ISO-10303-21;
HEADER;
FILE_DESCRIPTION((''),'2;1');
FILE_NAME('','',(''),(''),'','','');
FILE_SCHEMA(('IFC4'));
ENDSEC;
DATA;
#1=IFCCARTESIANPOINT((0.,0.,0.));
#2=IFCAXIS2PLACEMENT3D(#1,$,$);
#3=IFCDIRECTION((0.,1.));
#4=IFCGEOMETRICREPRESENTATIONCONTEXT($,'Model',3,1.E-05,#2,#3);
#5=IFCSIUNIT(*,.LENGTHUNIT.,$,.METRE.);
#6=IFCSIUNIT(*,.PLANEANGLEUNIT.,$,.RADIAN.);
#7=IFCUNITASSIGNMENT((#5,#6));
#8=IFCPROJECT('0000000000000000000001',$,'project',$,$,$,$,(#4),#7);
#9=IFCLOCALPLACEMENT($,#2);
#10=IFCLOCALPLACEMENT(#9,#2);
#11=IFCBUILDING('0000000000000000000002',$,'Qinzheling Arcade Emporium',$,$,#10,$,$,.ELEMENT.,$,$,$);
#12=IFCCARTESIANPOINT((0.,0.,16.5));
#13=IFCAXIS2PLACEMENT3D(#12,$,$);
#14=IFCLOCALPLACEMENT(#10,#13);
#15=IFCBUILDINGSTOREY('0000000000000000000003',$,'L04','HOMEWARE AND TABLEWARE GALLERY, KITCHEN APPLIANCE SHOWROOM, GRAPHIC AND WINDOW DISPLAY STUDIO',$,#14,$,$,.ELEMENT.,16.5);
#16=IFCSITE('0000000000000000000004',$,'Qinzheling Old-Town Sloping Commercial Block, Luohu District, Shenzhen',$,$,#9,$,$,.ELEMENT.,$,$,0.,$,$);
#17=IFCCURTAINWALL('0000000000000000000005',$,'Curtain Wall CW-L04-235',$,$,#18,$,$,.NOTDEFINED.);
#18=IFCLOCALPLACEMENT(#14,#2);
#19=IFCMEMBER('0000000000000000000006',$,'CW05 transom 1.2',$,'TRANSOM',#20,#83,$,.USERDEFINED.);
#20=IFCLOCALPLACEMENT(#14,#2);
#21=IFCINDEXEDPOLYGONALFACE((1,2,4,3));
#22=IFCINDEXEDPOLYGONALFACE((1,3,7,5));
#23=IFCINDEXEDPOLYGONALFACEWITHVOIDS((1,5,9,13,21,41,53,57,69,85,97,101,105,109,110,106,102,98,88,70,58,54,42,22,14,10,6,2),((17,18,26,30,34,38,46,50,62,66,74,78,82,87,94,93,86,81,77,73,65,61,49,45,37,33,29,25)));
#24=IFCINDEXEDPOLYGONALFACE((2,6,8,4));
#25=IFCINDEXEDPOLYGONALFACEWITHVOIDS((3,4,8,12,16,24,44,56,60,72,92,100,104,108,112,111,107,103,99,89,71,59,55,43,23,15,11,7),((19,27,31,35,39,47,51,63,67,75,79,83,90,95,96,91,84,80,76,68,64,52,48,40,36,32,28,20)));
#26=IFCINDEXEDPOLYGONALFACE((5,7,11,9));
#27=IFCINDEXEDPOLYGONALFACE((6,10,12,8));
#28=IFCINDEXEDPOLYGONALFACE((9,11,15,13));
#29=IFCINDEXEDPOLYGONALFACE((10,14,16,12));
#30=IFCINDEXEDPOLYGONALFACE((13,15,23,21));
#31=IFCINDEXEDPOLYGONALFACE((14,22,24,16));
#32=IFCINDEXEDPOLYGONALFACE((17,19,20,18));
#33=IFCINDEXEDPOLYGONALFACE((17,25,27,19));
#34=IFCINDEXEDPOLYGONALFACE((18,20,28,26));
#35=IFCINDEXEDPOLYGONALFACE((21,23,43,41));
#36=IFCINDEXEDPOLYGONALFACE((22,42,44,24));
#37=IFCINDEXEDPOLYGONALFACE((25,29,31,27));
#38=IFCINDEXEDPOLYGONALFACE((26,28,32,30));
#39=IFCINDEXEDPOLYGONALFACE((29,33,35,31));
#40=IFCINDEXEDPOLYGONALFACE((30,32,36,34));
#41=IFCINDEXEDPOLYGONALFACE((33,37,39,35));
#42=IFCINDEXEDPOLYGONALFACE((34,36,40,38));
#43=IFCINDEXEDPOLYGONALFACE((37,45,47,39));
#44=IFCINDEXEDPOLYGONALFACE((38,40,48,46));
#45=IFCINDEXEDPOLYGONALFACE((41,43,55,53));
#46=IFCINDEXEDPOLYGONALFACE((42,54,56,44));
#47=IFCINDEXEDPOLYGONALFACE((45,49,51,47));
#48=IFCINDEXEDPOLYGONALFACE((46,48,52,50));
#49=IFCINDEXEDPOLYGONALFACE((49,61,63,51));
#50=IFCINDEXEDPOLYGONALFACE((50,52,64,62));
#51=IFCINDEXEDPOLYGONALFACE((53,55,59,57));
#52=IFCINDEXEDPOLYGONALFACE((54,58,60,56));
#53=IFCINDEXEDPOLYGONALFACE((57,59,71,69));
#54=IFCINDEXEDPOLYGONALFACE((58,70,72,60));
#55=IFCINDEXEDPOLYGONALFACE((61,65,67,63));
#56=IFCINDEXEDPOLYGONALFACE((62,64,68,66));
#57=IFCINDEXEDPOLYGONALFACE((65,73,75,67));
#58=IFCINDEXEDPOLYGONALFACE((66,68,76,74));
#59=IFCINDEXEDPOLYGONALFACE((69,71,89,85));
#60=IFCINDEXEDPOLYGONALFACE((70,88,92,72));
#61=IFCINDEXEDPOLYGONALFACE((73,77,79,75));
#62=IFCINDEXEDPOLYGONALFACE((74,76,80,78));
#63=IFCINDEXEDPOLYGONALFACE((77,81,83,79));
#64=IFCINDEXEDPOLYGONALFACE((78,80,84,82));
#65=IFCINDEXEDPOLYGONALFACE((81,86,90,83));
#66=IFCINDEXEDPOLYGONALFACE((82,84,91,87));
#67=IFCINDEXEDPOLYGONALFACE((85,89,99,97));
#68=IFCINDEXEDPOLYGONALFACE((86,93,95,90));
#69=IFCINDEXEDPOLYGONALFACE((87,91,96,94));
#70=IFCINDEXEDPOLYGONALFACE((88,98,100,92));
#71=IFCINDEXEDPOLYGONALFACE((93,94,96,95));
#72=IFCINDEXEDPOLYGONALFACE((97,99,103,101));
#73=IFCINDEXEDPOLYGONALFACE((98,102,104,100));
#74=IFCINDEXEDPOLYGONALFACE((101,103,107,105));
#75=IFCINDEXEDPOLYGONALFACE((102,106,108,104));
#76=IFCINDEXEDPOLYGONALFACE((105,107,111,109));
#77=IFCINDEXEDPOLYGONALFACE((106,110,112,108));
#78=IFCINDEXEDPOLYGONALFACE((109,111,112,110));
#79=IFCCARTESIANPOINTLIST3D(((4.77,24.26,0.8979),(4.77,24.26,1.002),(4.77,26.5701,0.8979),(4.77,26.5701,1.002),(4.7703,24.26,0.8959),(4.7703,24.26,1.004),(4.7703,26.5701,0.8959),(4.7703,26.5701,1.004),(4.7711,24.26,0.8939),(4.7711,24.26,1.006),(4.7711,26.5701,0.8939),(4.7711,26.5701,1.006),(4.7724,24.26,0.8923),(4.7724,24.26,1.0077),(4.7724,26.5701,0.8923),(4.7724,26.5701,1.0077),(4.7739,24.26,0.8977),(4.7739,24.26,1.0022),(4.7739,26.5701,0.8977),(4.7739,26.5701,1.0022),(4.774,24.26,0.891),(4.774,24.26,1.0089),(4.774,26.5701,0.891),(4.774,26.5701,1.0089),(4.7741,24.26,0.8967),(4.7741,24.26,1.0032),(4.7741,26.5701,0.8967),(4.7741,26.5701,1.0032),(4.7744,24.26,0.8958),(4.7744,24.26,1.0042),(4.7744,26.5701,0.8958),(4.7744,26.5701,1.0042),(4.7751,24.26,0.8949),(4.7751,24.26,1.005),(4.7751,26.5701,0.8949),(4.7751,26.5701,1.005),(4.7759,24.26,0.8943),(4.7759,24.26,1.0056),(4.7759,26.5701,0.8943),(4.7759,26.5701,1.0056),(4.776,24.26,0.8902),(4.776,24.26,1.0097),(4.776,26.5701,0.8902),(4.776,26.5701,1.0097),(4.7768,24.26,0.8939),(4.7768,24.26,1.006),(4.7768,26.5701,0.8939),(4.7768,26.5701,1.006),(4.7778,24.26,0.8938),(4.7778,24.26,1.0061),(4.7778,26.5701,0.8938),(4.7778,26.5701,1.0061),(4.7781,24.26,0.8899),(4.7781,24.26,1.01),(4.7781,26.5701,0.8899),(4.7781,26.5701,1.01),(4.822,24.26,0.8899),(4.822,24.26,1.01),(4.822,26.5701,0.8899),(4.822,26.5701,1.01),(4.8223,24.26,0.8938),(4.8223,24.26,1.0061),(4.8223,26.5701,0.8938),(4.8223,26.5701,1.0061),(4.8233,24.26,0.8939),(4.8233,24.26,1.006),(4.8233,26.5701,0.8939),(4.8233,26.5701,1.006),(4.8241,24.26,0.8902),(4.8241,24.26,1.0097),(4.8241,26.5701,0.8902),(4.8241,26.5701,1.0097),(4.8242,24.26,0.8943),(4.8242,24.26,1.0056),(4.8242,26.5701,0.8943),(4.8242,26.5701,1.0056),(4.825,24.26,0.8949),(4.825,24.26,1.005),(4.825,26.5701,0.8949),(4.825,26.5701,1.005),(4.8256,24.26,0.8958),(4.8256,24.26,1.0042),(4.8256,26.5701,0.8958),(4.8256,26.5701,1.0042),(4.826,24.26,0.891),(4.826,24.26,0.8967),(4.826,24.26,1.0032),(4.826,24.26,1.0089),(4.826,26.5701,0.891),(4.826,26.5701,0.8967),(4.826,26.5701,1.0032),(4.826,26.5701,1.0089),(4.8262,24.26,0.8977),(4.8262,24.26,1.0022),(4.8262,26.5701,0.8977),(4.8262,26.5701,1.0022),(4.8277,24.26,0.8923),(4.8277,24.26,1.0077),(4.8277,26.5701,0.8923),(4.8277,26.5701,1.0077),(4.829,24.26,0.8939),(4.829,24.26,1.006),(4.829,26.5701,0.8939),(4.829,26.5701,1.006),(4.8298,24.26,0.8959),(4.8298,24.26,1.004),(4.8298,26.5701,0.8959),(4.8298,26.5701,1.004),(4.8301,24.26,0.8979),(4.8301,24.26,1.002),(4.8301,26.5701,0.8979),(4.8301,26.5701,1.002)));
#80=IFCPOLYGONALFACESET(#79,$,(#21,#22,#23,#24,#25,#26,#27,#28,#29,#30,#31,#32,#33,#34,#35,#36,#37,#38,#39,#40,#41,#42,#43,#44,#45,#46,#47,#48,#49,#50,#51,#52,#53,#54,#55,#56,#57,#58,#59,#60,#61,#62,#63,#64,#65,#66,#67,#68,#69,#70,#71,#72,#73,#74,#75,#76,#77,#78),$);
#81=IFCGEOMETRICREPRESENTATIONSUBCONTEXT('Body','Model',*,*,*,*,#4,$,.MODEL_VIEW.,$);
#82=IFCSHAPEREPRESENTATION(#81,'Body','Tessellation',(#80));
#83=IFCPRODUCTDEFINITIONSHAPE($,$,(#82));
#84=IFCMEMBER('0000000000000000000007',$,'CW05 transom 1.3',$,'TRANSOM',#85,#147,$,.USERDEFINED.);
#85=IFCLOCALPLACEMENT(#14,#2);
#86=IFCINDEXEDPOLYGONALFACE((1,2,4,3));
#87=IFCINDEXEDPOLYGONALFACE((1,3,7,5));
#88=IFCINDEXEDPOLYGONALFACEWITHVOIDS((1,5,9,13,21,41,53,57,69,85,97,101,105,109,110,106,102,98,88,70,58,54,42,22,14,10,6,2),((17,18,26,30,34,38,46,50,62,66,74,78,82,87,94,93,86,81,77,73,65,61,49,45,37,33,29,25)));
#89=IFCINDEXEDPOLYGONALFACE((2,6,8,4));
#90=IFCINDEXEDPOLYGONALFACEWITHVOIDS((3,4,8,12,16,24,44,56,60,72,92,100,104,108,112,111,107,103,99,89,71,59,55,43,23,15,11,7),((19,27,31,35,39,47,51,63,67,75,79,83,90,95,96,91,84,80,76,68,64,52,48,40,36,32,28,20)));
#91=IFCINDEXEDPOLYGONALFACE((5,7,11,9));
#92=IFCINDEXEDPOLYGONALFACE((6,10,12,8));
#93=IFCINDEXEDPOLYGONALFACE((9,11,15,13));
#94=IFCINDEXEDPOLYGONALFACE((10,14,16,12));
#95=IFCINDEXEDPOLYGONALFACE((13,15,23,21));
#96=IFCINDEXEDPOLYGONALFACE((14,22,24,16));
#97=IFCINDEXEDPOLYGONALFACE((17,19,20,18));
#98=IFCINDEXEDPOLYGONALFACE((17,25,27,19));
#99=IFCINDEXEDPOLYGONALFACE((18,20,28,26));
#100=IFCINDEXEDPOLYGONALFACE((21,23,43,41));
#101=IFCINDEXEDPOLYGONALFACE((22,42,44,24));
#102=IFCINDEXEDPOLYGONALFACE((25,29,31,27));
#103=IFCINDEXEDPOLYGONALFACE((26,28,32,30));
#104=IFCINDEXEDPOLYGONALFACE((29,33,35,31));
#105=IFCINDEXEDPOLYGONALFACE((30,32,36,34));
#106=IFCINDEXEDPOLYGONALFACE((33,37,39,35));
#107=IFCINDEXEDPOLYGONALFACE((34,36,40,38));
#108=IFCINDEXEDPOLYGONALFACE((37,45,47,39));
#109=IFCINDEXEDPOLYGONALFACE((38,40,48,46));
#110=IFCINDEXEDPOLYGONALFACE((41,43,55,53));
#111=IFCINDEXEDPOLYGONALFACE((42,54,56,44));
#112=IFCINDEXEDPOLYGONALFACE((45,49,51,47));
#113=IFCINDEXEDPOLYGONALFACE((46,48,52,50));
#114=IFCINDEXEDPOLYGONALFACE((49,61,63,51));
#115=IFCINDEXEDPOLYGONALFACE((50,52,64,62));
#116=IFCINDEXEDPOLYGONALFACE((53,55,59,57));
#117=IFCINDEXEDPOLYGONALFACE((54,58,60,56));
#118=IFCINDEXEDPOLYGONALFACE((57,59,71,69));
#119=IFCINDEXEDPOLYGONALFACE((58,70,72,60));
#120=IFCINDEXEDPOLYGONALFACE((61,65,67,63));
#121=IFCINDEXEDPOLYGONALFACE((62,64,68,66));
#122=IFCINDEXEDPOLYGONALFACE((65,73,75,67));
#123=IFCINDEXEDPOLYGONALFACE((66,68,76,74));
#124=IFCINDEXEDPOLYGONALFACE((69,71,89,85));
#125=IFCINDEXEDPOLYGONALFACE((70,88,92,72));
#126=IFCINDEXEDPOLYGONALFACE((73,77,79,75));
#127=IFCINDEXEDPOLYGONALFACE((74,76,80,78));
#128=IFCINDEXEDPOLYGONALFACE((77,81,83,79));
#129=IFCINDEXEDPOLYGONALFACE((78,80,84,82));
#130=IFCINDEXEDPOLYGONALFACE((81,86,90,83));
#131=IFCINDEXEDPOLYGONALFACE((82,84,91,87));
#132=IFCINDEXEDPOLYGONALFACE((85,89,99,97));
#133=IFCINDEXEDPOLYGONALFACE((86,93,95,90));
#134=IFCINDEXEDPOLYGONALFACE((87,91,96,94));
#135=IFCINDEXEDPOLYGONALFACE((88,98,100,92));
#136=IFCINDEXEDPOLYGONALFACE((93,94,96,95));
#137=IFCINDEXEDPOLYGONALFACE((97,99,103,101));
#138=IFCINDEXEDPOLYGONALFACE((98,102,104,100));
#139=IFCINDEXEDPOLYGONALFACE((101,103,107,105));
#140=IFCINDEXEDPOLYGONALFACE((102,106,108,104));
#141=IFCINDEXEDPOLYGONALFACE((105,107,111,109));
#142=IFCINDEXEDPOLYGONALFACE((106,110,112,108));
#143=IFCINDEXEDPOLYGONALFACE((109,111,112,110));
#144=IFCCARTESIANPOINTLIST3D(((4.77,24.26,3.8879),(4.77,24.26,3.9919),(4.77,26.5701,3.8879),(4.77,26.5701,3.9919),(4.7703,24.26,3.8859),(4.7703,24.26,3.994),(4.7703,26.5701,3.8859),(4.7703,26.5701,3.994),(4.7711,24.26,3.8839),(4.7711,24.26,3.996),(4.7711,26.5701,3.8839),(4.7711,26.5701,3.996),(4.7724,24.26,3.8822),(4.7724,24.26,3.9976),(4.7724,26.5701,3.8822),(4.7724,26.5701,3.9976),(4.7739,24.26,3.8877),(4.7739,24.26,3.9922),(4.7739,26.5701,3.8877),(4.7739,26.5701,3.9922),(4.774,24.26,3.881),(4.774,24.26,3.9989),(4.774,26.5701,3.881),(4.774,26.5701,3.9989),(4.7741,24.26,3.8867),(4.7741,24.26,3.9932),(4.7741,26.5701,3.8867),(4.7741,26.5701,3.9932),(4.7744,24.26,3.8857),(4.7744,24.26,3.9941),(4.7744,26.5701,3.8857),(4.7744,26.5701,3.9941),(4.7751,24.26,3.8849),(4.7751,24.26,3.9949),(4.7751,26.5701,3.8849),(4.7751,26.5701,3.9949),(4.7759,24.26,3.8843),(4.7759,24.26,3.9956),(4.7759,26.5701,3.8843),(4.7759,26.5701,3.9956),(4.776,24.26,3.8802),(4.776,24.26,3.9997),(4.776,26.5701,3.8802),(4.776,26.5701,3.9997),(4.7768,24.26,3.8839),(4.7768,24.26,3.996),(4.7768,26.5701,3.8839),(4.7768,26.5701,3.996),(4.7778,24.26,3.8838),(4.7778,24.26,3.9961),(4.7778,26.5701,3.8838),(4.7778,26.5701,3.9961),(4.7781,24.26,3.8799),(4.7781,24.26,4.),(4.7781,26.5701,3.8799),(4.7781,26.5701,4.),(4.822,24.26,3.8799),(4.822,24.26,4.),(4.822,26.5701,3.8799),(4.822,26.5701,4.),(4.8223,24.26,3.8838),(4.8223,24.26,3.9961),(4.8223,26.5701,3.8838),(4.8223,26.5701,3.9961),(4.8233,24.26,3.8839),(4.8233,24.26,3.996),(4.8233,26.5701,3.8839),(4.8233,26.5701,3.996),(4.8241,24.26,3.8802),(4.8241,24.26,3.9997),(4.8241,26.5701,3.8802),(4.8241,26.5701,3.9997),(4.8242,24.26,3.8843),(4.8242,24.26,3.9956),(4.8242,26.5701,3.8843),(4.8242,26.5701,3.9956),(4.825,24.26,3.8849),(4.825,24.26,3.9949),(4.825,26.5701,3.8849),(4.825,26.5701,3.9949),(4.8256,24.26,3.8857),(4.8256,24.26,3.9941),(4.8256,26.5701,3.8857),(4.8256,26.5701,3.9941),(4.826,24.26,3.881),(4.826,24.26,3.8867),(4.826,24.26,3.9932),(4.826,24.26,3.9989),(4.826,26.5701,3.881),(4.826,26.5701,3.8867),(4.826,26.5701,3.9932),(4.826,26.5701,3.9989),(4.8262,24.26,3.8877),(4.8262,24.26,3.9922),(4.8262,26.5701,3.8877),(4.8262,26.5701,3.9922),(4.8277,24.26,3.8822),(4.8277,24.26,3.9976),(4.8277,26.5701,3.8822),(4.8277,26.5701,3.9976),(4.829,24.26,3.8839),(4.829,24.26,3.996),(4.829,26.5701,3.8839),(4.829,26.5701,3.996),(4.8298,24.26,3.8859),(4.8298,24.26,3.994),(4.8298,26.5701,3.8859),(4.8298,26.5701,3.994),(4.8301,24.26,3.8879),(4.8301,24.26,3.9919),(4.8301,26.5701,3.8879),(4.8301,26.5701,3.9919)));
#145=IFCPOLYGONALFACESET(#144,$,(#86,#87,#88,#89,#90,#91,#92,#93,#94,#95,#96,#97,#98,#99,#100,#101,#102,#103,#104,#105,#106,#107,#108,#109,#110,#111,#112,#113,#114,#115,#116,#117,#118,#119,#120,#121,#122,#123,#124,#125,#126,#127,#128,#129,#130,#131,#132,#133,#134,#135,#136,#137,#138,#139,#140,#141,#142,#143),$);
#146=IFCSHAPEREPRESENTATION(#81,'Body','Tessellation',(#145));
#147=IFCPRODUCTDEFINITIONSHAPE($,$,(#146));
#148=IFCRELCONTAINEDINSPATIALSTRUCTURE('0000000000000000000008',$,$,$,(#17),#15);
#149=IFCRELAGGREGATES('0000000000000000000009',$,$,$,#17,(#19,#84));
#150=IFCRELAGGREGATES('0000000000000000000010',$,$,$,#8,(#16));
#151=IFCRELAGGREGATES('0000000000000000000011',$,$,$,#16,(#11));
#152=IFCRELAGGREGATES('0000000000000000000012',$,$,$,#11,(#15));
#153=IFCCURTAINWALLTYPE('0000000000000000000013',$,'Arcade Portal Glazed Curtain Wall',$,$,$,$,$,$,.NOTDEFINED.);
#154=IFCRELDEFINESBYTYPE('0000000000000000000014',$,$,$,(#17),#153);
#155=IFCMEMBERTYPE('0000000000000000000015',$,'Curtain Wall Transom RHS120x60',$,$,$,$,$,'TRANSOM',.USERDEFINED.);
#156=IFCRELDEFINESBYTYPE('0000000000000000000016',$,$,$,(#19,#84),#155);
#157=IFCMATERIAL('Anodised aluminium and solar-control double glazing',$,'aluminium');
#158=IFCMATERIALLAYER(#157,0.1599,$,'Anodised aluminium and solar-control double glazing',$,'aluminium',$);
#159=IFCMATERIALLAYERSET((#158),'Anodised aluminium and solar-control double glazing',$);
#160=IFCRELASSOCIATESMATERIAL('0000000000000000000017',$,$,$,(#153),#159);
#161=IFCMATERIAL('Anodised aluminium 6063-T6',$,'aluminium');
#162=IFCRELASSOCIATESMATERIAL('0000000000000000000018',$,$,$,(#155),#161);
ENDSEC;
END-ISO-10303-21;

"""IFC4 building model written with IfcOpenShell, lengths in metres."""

from ifc_helpers import new_model, si_unit, direction, frame, origin, origin_2d, place, context, subcontext, project, spatial, hollow_rectangle, extrude, material, layer, layer_set, material_profile, profile_set, type_object, element, aggregate, save


model = new_model("IFC4")

# Units and contexts
model_context = context("Model", 3, precision=1e-05, world=origin(), true_north=direction((0.0, 1.0)))
body_context = subcontext(model_context, "Body", "Model", "MODEL_VIEW")
ifc_project = project(units=[si_unit("LENGTHUNIT", "METRE"), si_unit("PLANEANGLEUNIT", "RADIAN")], contexts=[model_context])

# Site, building, storey
site_placement = place(None, origin())
site = spatial("IfcSite", under=ifc_project, at=site_placement, Name="Qinzheling Old-Town Sloping Commercial Block, Luohu District, Shenzhen", CompositionType="ELEMENT", RefElevation=0.0)
building_placement = place(site_placement, origin())
building = spatial("IfcBuilding", under=site, at=building_placement, Name="Qinzheling Arcade Emporium", CompositionType="ELEMENT")
storey_placement = place(building_placement, frame((0.0, 0.0, 16.5)))
storey = spatial("IfcBuildingStorey", under=building, at=storey_placement, Name="L04", Description="HOMEWARE AND TABLEWARE GALLERY, KITCHEN APPLIANCE SHOWROOM, GRAPHIC AND WINDOW DISPLAY STUDIO", CompositionType="ELEMENT", Elevation=16.5)

# Curtain wall
ifc_material_1 = material(Name="Anodised aluminium and solar-control double glazing", Category="aluminium")
ifc_material_2 = material(Name="Anodised aluminium 6063-T6", Category="aluminium")
ifc_layer_1 = layer(ifc_material_1, 0.1599, Name="Anodised aluminium and solar-control double glazing", Category="aluminium")
ifc_layer_set_1 = layer_set([ifc_layer_1], Name="Anodised aluminium and solar-control double glazing")
curtain_wall_type_1 = type_object("IfcCurtainWallType", Name="Arcade Portal Glazed Curtain Wall", PredefinedType="NOTDEFINED", material=ifc_layer_set_1)
curtain_wall_1_placement = place(storey_placement, origin())
curtain_wall_1 = element("IfcCurtainWall", 1, at=curtain_wall_1_placement, inside=storey, type_object=curtain_wall_type_1, Name="Curtain Wall CW-L04-235", PredefinedType="NOTDEFINED")

# Members
ifc_material_profile_1 = material_profile(ifc_material_2, hollow_rectangle(XDim=0.0601, YDim=0.1201, WallThickness=0.0039, InnerFilletRadius=0.0039, OuterFilletRadius=0.0081, at=origin_2d()), Name="RHS 120x60x4", Category="aluminium")
ifc_profile_set_1 = profile_set([ifc_material_profile_1], Name="Anodised aluminium 6063-T6")
member_type_1 = type_object("IfcMemberType", Name="Curtain Wall Transom RHS120x60", ElementType="TRANSOM", PredefinedType="USERDEFINED", material=ifc_profile_set_1)
member_1_placement = place(storey_placement, frame((4.8, 24.26, 0.95), z_axis=(0.0, 1.0, 0.0), x_axis=(-1.0, 0.0, 0.0)))
member_1 = element("IfcMember", 2, at=member_1_placement, type_object=member_type_1, Name="CW05 transom 1.2", ObjectType="TRANSOM", PredefinedType="USERDEFINED", context=body_context, shape_type="SweptSolid", body=[
    extrude(hollow_rectangle(XDim=0.0601, YDim=0.1201, WallThickness=0.0039, InnerFilletRadius=0.0039, OuterFilletRadius=0.0081, at=origin_2d()), origin(), (0.0, 0.0, 1.0), 2.3101),
])
member_2_placement = place(storey_placement, frame((4.8, 24.26, 3.9399), z_axis=(0.0, 1.0, 0.0), x_axis=(-1.0, 0.0, 0.0)))
member_2 = element("IfcMember", 3, at=member_2_placement, type_object=member_type_1, Name="CW05 transom 1.3", ObjectType="TRANSOM", PredefinedType="USERDEFINED", context=body_context, shape_type="SweptSolid", body=[
    extrude(hollow_rectangle(XDim=0.0601, YDim=0.1201, WallThickness=0.0039, InnerFilletRadius=0.0039, OuterFilletRadius=0.0081, at=origin_2d()), origin(), (0.0, 0.0, 1.0), 2.3101),
])

aggregate(curtain_wall_1, [member_1, member_2])

save(model, "model.ifc")
